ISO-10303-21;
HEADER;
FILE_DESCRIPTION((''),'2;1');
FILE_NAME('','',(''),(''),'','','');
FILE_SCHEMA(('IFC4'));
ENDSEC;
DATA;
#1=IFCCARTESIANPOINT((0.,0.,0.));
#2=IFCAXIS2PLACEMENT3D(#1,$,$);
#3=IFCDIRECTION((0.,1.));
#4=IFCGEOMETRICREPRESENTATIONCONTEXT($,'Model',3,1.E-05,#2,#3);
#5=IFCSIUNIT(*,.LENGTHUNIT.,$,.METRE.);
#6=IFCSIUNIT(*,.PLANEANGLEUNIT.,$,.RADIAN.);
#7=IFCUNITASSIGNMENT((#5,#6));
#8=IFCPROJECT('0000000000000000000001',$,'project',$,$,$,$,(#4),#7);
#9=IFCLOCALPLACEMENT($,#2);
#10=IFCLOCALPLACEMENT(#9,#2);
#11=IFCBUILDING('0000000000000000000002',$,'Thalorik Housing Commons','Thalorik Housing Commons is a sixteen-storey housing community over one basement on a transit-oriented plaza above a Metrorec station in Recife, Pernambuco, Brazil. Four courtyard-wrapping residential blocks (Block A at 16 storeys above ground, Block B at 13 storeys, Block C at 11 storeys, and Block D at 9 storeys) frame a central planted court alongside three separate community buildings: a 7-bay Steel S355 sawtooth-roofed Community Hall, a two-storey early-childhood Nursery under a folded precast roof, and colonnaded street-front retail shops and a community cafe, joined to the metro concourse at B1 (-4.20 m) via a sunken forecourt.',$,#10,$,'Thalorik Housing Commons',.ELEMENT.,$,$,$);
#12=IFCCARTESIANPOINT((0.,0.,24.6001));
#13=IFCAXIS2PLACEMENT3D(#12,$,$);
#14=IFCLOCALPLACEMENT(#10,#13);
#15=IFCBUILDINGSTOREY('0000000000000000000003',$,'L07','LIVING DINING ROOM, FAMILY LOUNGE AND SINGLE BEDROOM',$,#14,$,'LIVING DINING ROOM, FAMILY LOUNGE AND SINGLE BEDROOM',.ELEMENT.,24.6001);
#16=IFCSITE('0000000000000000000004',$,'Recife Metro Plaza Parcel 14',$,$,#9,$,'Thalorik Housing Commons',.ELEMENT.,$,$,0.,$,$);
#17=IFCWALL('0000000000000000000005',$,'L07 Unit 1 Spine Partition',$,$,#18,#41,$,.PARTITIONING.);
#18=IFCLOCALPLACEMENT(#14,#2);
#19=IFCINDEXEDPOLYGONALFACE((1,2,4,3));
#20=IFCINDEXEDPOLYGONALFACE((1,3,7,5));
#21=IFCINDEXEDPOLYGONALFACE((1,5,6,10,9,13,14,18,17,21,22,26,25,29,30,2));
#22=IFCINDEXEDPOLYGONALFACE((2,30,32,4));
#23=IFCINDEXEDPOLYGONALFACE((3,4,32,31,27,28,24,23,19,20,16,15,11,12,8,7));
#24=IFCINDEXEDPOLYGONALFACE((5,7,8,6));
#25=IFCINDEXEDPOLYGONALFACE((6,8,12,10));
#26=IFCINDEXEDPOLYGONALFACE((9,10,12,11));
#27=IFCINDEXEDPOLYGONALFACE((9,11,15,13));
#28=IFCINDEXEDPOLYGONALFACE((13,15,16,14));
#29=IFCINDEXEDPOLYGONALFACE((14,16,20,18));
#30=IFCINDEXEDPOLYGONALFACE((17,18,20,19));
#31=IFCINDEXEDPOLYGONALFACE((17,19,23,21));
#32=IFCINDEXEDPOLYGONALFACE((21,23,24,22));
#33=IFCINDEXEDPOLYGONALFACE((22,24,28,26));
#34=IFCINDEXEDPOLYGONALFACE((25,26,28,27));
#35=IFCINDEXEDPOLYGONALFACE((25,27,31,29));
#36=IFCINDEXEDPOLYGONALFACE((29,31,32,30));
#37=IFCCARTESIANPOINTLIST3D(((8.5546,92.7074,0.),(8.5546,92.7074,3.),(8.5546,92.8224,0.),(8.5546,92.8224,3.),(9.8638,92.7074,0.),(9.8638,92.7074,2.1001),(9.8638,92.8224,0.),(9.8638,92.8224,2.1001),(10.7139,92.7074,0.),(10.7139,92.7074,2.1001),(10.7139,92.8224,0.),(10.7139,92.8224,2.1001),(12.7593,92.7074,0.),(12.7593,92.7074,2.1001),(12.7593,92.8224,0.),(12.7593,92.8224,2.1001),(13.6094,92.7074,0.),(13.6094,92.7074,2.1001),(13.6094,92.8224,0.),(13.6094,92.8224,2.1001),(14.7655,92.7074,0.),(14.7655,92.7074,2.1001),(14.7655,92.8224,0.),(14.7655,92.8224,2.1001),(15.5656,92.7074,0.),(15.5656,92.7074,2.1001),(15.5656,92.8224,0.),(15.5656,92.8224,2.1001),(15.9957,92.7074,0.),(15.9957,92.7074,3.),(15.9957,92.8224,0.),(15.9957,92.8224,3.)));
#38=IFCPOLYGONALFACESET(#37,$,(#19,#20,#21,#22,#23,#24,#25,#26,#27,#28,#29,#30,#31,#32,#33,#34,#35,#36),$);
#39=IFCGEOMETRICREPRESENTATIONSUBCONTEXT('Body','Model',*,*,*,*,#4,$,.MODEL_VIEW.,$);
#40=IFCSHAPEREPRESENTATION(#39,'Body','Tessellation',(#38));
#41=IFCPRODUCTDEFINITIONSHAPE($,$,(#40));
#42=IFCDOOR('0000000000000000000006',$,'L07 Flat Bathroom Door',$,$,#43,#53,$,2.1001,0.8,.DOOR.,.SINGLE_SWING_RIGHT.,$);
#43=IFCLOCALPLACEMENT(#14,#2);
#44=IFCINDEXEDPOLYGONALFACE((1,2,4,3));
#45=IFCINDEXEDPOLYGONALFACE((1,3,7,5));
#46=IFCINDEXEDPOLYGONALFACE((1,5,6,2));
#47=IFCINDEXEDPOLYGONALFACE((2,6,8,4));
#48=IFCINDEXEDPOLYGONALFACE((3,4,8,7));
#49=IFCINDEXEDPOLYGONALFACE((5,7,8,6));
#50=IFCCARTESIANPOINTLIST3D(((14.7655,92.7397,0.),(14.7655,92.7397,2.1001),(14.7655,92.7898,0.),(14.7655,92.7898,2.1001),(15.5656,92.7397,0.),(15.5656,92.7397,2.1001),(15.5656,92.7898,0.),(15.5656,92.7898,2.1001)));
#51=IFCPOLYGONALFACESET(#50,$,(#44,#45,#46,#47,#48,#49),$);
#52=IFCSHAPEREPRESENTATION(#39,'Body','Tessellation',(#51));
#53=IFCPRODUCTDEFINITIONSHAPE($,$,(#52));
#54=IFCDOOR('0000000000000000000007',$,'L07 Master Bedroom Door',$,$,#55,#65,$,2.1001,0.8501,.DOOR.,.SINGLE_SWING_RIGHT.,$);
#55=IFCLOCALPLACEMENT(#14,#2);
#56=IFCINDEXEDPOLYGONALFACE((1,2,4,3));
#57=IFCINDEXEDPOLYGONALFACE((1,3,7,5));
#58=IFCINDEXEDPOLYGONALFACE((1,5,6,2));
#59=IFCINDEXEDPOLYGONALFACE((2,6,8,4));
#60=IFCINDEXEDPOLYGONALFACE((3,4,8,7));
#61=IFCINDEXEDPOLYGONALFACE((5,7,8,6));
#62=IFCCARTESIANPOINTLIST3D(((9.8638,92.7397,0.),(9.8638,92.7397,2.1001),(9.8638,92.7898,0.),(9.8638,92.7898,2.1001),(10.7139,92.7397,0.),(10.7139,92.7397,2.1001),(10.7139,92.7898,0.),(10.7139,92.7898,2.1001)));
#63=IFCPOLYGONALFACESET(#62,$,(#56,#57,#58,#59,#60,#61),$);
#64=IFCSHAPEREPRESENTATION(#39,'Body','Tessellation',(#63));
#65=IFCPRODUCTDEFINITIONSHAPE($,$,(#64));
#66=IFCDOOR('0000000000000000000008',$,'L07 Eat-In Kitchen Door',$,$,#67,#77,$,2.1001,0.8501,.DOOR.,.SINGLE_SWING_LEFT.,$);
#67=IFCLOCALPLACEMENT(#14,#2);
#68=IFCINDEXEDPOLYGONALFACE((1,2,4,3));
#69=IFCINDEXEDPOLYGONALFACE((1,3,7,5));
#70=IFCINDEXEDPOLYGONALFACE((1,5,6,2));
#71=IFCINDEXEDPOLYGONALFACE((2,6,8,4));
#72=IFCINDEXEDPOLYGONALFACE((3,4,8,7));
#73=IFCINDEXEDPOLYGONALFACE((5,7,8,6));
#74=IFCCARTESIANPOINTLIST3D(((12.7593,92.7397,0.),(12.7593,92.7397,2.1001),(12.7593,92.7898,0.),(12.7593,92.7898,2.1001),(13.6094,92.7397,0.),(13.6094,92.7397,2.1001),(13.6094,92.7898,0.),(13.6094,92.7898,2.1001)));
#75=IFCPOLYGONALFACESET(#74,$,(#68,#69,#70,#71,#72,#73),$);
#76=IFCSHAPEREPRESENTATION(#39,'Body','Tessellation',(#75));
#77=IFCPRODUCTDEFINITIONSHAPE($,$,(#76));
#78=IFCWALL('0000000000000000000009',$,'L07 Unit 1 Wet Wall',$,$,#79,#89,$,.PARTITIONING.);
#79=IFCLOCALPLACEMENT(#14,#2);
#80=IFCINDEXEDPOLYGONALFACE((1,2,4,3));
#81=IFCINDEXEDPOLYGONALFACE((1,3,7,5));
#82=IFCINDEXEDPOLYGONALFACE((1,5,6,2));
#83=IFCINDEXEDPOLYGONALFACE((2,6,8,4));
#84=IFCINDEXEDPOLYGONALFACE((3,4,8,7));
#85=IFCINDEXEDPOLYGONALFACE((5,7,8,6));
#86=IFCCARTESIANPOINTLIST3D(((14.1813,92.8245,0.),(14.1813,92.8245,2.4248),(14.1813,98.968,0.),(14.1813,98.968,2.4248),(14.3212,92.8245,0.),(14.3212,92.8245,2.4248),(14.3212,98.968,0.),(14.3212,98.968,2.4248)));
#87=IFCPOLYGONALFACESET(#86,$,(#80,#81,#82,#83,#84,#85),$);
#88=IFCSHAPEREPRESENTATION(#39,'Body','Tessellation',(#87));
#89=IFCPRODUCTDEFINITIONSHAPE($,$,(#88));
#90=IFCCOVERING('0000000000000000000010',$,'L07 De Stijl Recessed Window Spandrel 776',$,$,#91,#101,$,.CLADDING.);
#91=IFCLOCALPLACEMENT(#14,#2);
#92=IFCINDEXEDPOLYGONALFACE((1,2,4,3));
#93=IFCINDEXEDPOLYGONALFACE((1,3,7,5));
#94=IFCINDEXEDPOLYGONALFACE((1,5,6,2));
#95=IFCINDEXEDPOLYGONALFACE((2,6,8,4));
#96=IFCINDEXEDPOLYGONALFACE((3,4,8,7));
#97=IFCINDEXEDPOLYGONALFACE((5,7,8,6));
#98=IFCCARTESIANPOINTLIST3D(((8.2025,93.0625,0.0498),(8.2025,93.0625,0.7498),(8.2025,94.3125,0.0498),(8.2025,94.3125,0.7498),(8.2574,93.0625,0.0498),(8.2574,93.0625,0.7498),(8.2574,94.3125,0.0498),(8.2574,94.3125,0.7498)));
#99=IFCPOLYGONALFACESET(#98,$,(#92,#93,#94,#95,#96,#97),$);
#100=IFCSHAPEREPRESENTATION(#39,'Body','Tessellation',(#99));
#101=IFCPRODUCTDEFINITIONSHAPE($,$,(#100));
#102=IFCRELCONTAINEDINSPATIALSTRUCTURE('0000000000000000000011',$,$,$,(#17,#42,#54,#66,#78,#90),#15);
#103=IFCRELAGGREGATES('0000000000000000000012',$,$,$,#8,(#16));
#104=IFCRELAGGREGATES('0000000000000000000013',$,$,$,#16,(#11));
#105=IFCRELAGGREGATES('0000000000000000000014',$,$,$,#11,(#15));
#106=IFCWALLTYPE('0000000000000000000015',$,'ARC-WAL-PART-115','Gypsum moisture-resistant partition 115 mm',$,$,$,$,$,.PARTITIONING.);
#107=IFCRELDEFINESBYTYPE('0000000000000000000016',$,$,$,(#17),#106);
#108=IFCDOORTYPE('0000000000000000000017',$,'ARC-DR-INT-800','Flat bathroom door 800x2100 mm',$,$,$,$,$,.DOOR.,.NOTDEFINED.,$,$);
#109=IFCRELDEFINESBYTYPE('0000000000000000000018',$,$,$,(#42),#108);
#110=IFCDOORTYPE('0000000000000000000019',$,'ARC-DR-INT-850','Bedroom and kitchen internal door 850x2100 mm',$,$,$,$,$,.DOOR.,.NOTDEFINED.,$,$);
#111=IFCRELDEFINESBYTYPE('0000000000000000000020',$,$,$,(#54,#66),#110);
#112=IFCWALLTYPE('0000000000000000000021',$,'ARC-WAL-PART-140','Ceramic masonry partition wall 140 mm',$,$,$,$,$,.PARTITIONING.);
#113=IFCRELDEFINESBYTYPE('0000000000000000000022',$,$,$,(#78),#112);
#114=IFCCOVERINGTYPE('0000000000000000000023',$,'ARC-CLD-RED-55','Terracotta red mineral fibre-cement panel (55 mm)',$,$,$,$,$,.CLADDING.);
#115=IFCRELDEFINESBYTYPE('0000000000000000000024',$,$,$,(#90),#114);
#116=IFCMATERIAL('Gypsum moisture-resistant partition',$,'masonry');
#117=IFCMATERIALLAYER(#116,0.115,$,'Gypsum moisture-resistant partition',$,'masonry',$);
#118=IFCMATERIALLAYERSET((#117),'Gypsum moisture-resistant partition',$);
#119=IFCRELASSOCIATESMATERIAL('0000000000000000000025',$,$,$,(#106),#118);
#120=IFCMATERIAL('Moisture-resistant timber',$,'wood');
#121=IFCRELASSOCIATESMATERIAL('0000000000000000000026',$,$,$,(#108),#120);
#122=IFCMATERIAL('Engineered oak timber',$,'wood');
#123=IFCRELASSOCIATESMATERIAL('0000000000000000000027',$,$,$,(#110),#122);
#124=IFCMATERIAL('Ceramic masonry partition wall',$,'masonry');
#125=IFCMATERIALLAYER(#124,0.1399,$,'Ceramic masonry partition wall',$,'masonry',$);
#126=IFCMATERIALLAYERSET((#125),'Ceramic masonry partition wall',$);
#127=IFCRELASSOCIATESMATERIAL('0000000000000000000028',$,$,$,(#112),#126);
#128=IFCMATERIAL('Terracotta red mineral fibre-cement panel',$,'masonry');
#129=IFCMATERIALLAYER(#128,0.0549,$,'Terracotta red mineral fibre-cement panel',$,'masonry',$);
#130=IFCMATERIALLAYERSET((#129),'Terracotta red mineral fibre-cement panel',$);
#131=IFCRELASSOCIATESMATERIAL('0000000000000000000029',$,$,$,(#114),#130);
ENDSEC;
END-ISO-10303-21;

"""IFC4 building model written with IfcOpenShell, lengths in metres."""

from ifc_helpers import new_model, si_unit, direction, frame, frame_2d, origin, origin_2d, place, context, subcontext, project, spatial, rectangle, extrude, material, layer, layer_set, type_object, element, fill, save


model = new_model("IFC4")

# Units and contexts
model_context = context("Model", 3, precision=1e-05, world=origin(), true_north=direction((0.0, 1.0)))
body_context = subcontext(model_context, "Body", "Model", "MODEL_VIEW")
ifc_project = project(units=[si_unit("LENGTHUNIT", "METRE"), si_unit("PLANEANGLEUNIT", "RADIAN")], contexts=[model_context])

# Site, building, storey
site_placement = place(None, origin())
site = spatial("IfcSite", under=ifc_project, at=site_placement, Name="Recife Metro Plaza Parcel 14", LongName="Thalorik Housing Commons", CompositionType="ELEMENT", RefElevation=0.0)
building_placement = place(site_placement, origin())
building = spatial("IfcBuilding", under=site, at=building_placement, Name="Thalorik Housing Commons", Description="Thalorik Housing Commons is a sixteen-storey housing community over one basement on a transit-oriented plaza above a Metrorec station in Recife, Pernambuco, Brazil. Four courtyard-wrapping residential blocks (Block A at 16 storeys above ground, Block B at 13 storeys, Block C at 11 storeys, and Block D at 9 storeys) frame a central planted court alongside three separate community buildings: a 7-bay Steel S355 sawtooth-roofed Community Hall, a two-storey early-childhood Nursery under a folded precast roof, and colonnaded street-front retail shops and a community cafe, joined to the metro concourse at B1 (-4.20 m) via a sunken forecourt.", LongName="Thalorik Housing Commons", CompositionType="ELEMENT")
storey_placement = place(building_placement, frame((0.0, 0.0, 24.6001)))
storey = spatial("IfcBuildingStorey", under=building, at=storey_placement, Name="L07", Description="LIVING DINING ROOM, FAMILY LOUNGE AND SINGLE BEDROOM", LongName="LIVING DINING ROOM, FAMILY LOUNGE AND SINGLE BEDROOM", CompositionType="ELEMENT", Elevation=24.6001)

# Wall, openings, doors
ifc_material_1 = material(Name="Gypsum moisture-resistant partition", Category="masonry")
ifc_layer_1 = layer(ifc_material_1, 0.115, Name="Gypsum moisture-resistant partition", Category="masonry")
ifc_layer_set_1 = layer_set([ifc_layer_1], Name="Gypsum moisture-resistant partition")
wall_type_1 = type_object("IfcWallType", Name="ARC-WAL-PART-115", Description="Gypsum moisture-resistant partition 115 mm", PredefinedType="PARTITIONING", material=ifc_layer_set_1)
wall_1_placement = place(storey_placement, frame((8.5544, 92.7649, 0.0), z_axis=(0.0, 0.0, 1.0), x_axis=(1.0, 0.0, 0.0)))
wall_1 = element("IfcWall", 1, at=wall_1_placement, inside=storey, type_object=wall_type_1, Name="L07 Unit 1 Spine Partition", PredefinedType="PARTITIONING", context=body_context, shape_type="SweptSolid", body=[
    extrude(rectangle(XDim=7.4412, YDim=0.115, at=frame_2d((3.7207, 0.0))), origin(), (0.0, 0.0, 1.0), 3.0),
])
opening_1_placement = place(wall_1_placement, frame((1.3093, 0.0, 0.0)))
opening_1 = element("IfcOpeningElement", 2, at=opening_1_placement, cuts=wall_1, PredefinedType="OPENING", context=body_context, shape_type="SweptSolid", body=[
    extrude(rectangle(XDim=0.8501, YDim=2.1001, at=frame_2d((0.425, 1.05))), frame((0.0, 0.0674, 0.0), z_axis=(0.0, -1.0, 0.0), x_axis=(1.0, 0.0, 0.0)), (0.0, 0.0, 1.0), 0.135),
])
opening_2_placement = place(wall_1_placement, frame((4.2048, 0.0, 0.0)))
opening_2 = element("IfcOpeningElement", 3, at=opening_2_placement, cuts=wall_1, PredefinedType="OPENING", context=body_context, shape_type="SweptSolid", body=[
    extrude(rectangle(XDim=0.8501, YDim=2.1001, at=frame_2d((0.425, 1.05))), frame((0.0, 0.0674, 0.0), z_axis=(0.0, -1.0, 0.0), x_axis=(1.0, 0.0, 0.0)), (0.0, 0.0, 1.0), 0.135),
])
opening_3_placement = place(wall_1_placement, frame((6.2112, 0.0, 0.0)))
opening_3 = element("IfcOpeningElement", 4, at=opening_3_placement, cuts=wall_1, PredefinedType="OPENING", context=body_context, shape_type="SweptSolid", body=[
    extrude(rectangle(XDim=0.8, YDim=2.1001, at=frame_2d((0.3999, 1.05))), frame((0.0, 0.0674, 0.0), z_axis=(0.0, -1.0, 0.0), x_axis=(1.0, 0.0, 0.0)), (0.0, 0.0, 1.0), 0.135),
])
ifc_material_2 = material(Name="Moisture-resistant timber", Category="wood")
door_type_1 = type_object("IfcDoorType", Name="ARC-DR-INT-800", Description="Flat bathroom door 800x2100 mm", OperationType="NOTDEFINED", PredefinedType="DOOR", material=ifc_material_2)
door_1_placement = place(opening_3_placement, origin())
door_1 = element("IfcDoor", 5, at=door_1_placement, inside=storey, type_object=door_type_1, Name="L07 Flat Bathroom Door", OperationType="SINGLE_SWING_RIGHT", OverallHeight=2.1001, OverallWidth=0.8, PredefinedType="DOOR", context=body_context, shape_type="SweptSolid", body=[
    extrude(rectangle(XDim=0.8, YDim=2.1001, at=frame_2d((0.3999, 1.05))), frame((0.0, 0.0249, 0.0), z_axis=(0.0, -1.0, 0.0), x_axis=(1.0, 0.0, 0.0)), (0.0, 0.0, 1.0), 0.05),
])
fill(opening_3, door_1)
ifc_material_3 = material(Name="Engineered oak timber", Category="wood")
door_type_2 = type_object("IfcDoorType", Name="ARC-DR-INT-850", Description="Bedroom and kitchen internal door 850x2100 mm", OperationType="NOTDEFINED", PredefinedType="DOOR", material=ifc_material_3)
door_2_placement = place(opening_1_placement, origin())
door_2 = element("IfcDoor", 6, at=door_2_placement, inside=storey, type_object=door_type_2, Name="L07 Master Bedroom Door", OperationType="SINGLE_SWING_RIGHT", OverallHeight=2.1001, OverallWidth=0.8501, PredefinedType="DOOR", context=body_context, shape_type="SweptSolid", body=[
    extrude(rectangle(XDim=0.8501, YDim=2.1001, at=frame_2d((0.425, 1.05))), frame((0.0, 0.0249, 0.0), z_axis=(0.0, -1.0, 0.0), x_axis=(1.0, 0.0, 0.0)), (0.0, 0.0, 1.0), 0.05),
])
fill(opening_1, door_2)
door_3_placement = place(opening_2_placement, origin())
door_3 = element("IfcDoor", 7, at=door_3_placement, inside=storey, type_object=door_type_2, Name="L07 Eat-In Kitchen Door", OperationType="SINGLE_SWING_LEFT", OverallHeight=2.1001, OverallWidth=0.8501, PredefinedType="DOOR", context=body_context, shape_type="SweptSolid", body=[
    extrude(rectangle(XDim=0.8501, YDim=2.1001, at=frame_2d((0.425, 1.05))), frame((0.0, 0.0249, 0.0), z_axis=(0.0, -1.0, 0.0), x_axis=(1.0, 0.0, 0.0)), (0.0, 0.0, 1.0), 0.05),
])
fill(opening_2, door_3)

# Wall
ifc_material_4 = material(Name="Ceramic masonry partition wall", Category="masonry")
ifc_layer_2 = layer(ifc_material_4, 0.1399, Name="Ceramic masonry partition wall", Category="masonry")
ifc_layer_set_2 = layer_set([ifc_layer_2], Name="Ceramic masonry partition wall")
wall_type_2 = type_object("IfcWallType", Name="ARC-WAL-PART-140", Description="Ceramic masonry partition wall 140 mm", PredefinedType="PARTITIONING", material=ifc_layer_set_2)
wall_2_placement = place(storey_placement, frame((14.2512, 92.8245, 0.0), z_axis=(0.0, 0.0, 1.0), x_axis=(0.0, 1.0, 0.0)))
element("IfcWall", 8, at=wall_2_placement, inside=storey, type_object=wall_type_2, Name="L07 Unit 1 Wet Wall", PredefinedType="PARTITIONING", context=body_context, shape_type="SweptSolid", body=[
    extrude(rectangle(XDim=6.1436, YDim=0.1399, at=frame_2d((3.0718, 0.0))), origin(), (0.0, 0.0, 1.0), 2.4248),
])

# Covering
ifc_material_5 = material(Name="Terracotta red mineral fibre-cement panel", Category="masonry")
ifc_layer_3 = layer(ifc_material_5, 0.0549, Name="Terracotta red mineral fibre-cement panel", Category="masonry")
ifc_layer_set_3 = layer_set([ifc_layer_3], Name="Terracotta red mineral fibre-cement panel")
covering_type_1 = type_object("IfcCoveringType", Name="ARC-CLD-RED-55", Description="Terracotta red mineral fibre-cement panel (55 mm)", PredefinedType="CLADDING", material=ifc_layer_set_3)
covering_1_placement = place(storey_placement, frame((8.23, 93.6875, 0.0498), z_axis=(0.0, 0.0, 1.0), x_axis=(0.0, -1.0, 0.0)))
element("IfcCovering", 9, at=covering_1_placement, inside=storey, type_object=covering_type_1, Name="L07 De Stijl Recessed Window Spandrel 776", PredefinedType="CLADDING", context=body_context, shape_type="SweptSolid", body=[
    extrude(rectangle(XDim=1.25, YDim=0.0549, at=origin_2d()), origin(), (0.0, 0.0, 1.0), 0.7),
])

save(model, "model.ifc")
